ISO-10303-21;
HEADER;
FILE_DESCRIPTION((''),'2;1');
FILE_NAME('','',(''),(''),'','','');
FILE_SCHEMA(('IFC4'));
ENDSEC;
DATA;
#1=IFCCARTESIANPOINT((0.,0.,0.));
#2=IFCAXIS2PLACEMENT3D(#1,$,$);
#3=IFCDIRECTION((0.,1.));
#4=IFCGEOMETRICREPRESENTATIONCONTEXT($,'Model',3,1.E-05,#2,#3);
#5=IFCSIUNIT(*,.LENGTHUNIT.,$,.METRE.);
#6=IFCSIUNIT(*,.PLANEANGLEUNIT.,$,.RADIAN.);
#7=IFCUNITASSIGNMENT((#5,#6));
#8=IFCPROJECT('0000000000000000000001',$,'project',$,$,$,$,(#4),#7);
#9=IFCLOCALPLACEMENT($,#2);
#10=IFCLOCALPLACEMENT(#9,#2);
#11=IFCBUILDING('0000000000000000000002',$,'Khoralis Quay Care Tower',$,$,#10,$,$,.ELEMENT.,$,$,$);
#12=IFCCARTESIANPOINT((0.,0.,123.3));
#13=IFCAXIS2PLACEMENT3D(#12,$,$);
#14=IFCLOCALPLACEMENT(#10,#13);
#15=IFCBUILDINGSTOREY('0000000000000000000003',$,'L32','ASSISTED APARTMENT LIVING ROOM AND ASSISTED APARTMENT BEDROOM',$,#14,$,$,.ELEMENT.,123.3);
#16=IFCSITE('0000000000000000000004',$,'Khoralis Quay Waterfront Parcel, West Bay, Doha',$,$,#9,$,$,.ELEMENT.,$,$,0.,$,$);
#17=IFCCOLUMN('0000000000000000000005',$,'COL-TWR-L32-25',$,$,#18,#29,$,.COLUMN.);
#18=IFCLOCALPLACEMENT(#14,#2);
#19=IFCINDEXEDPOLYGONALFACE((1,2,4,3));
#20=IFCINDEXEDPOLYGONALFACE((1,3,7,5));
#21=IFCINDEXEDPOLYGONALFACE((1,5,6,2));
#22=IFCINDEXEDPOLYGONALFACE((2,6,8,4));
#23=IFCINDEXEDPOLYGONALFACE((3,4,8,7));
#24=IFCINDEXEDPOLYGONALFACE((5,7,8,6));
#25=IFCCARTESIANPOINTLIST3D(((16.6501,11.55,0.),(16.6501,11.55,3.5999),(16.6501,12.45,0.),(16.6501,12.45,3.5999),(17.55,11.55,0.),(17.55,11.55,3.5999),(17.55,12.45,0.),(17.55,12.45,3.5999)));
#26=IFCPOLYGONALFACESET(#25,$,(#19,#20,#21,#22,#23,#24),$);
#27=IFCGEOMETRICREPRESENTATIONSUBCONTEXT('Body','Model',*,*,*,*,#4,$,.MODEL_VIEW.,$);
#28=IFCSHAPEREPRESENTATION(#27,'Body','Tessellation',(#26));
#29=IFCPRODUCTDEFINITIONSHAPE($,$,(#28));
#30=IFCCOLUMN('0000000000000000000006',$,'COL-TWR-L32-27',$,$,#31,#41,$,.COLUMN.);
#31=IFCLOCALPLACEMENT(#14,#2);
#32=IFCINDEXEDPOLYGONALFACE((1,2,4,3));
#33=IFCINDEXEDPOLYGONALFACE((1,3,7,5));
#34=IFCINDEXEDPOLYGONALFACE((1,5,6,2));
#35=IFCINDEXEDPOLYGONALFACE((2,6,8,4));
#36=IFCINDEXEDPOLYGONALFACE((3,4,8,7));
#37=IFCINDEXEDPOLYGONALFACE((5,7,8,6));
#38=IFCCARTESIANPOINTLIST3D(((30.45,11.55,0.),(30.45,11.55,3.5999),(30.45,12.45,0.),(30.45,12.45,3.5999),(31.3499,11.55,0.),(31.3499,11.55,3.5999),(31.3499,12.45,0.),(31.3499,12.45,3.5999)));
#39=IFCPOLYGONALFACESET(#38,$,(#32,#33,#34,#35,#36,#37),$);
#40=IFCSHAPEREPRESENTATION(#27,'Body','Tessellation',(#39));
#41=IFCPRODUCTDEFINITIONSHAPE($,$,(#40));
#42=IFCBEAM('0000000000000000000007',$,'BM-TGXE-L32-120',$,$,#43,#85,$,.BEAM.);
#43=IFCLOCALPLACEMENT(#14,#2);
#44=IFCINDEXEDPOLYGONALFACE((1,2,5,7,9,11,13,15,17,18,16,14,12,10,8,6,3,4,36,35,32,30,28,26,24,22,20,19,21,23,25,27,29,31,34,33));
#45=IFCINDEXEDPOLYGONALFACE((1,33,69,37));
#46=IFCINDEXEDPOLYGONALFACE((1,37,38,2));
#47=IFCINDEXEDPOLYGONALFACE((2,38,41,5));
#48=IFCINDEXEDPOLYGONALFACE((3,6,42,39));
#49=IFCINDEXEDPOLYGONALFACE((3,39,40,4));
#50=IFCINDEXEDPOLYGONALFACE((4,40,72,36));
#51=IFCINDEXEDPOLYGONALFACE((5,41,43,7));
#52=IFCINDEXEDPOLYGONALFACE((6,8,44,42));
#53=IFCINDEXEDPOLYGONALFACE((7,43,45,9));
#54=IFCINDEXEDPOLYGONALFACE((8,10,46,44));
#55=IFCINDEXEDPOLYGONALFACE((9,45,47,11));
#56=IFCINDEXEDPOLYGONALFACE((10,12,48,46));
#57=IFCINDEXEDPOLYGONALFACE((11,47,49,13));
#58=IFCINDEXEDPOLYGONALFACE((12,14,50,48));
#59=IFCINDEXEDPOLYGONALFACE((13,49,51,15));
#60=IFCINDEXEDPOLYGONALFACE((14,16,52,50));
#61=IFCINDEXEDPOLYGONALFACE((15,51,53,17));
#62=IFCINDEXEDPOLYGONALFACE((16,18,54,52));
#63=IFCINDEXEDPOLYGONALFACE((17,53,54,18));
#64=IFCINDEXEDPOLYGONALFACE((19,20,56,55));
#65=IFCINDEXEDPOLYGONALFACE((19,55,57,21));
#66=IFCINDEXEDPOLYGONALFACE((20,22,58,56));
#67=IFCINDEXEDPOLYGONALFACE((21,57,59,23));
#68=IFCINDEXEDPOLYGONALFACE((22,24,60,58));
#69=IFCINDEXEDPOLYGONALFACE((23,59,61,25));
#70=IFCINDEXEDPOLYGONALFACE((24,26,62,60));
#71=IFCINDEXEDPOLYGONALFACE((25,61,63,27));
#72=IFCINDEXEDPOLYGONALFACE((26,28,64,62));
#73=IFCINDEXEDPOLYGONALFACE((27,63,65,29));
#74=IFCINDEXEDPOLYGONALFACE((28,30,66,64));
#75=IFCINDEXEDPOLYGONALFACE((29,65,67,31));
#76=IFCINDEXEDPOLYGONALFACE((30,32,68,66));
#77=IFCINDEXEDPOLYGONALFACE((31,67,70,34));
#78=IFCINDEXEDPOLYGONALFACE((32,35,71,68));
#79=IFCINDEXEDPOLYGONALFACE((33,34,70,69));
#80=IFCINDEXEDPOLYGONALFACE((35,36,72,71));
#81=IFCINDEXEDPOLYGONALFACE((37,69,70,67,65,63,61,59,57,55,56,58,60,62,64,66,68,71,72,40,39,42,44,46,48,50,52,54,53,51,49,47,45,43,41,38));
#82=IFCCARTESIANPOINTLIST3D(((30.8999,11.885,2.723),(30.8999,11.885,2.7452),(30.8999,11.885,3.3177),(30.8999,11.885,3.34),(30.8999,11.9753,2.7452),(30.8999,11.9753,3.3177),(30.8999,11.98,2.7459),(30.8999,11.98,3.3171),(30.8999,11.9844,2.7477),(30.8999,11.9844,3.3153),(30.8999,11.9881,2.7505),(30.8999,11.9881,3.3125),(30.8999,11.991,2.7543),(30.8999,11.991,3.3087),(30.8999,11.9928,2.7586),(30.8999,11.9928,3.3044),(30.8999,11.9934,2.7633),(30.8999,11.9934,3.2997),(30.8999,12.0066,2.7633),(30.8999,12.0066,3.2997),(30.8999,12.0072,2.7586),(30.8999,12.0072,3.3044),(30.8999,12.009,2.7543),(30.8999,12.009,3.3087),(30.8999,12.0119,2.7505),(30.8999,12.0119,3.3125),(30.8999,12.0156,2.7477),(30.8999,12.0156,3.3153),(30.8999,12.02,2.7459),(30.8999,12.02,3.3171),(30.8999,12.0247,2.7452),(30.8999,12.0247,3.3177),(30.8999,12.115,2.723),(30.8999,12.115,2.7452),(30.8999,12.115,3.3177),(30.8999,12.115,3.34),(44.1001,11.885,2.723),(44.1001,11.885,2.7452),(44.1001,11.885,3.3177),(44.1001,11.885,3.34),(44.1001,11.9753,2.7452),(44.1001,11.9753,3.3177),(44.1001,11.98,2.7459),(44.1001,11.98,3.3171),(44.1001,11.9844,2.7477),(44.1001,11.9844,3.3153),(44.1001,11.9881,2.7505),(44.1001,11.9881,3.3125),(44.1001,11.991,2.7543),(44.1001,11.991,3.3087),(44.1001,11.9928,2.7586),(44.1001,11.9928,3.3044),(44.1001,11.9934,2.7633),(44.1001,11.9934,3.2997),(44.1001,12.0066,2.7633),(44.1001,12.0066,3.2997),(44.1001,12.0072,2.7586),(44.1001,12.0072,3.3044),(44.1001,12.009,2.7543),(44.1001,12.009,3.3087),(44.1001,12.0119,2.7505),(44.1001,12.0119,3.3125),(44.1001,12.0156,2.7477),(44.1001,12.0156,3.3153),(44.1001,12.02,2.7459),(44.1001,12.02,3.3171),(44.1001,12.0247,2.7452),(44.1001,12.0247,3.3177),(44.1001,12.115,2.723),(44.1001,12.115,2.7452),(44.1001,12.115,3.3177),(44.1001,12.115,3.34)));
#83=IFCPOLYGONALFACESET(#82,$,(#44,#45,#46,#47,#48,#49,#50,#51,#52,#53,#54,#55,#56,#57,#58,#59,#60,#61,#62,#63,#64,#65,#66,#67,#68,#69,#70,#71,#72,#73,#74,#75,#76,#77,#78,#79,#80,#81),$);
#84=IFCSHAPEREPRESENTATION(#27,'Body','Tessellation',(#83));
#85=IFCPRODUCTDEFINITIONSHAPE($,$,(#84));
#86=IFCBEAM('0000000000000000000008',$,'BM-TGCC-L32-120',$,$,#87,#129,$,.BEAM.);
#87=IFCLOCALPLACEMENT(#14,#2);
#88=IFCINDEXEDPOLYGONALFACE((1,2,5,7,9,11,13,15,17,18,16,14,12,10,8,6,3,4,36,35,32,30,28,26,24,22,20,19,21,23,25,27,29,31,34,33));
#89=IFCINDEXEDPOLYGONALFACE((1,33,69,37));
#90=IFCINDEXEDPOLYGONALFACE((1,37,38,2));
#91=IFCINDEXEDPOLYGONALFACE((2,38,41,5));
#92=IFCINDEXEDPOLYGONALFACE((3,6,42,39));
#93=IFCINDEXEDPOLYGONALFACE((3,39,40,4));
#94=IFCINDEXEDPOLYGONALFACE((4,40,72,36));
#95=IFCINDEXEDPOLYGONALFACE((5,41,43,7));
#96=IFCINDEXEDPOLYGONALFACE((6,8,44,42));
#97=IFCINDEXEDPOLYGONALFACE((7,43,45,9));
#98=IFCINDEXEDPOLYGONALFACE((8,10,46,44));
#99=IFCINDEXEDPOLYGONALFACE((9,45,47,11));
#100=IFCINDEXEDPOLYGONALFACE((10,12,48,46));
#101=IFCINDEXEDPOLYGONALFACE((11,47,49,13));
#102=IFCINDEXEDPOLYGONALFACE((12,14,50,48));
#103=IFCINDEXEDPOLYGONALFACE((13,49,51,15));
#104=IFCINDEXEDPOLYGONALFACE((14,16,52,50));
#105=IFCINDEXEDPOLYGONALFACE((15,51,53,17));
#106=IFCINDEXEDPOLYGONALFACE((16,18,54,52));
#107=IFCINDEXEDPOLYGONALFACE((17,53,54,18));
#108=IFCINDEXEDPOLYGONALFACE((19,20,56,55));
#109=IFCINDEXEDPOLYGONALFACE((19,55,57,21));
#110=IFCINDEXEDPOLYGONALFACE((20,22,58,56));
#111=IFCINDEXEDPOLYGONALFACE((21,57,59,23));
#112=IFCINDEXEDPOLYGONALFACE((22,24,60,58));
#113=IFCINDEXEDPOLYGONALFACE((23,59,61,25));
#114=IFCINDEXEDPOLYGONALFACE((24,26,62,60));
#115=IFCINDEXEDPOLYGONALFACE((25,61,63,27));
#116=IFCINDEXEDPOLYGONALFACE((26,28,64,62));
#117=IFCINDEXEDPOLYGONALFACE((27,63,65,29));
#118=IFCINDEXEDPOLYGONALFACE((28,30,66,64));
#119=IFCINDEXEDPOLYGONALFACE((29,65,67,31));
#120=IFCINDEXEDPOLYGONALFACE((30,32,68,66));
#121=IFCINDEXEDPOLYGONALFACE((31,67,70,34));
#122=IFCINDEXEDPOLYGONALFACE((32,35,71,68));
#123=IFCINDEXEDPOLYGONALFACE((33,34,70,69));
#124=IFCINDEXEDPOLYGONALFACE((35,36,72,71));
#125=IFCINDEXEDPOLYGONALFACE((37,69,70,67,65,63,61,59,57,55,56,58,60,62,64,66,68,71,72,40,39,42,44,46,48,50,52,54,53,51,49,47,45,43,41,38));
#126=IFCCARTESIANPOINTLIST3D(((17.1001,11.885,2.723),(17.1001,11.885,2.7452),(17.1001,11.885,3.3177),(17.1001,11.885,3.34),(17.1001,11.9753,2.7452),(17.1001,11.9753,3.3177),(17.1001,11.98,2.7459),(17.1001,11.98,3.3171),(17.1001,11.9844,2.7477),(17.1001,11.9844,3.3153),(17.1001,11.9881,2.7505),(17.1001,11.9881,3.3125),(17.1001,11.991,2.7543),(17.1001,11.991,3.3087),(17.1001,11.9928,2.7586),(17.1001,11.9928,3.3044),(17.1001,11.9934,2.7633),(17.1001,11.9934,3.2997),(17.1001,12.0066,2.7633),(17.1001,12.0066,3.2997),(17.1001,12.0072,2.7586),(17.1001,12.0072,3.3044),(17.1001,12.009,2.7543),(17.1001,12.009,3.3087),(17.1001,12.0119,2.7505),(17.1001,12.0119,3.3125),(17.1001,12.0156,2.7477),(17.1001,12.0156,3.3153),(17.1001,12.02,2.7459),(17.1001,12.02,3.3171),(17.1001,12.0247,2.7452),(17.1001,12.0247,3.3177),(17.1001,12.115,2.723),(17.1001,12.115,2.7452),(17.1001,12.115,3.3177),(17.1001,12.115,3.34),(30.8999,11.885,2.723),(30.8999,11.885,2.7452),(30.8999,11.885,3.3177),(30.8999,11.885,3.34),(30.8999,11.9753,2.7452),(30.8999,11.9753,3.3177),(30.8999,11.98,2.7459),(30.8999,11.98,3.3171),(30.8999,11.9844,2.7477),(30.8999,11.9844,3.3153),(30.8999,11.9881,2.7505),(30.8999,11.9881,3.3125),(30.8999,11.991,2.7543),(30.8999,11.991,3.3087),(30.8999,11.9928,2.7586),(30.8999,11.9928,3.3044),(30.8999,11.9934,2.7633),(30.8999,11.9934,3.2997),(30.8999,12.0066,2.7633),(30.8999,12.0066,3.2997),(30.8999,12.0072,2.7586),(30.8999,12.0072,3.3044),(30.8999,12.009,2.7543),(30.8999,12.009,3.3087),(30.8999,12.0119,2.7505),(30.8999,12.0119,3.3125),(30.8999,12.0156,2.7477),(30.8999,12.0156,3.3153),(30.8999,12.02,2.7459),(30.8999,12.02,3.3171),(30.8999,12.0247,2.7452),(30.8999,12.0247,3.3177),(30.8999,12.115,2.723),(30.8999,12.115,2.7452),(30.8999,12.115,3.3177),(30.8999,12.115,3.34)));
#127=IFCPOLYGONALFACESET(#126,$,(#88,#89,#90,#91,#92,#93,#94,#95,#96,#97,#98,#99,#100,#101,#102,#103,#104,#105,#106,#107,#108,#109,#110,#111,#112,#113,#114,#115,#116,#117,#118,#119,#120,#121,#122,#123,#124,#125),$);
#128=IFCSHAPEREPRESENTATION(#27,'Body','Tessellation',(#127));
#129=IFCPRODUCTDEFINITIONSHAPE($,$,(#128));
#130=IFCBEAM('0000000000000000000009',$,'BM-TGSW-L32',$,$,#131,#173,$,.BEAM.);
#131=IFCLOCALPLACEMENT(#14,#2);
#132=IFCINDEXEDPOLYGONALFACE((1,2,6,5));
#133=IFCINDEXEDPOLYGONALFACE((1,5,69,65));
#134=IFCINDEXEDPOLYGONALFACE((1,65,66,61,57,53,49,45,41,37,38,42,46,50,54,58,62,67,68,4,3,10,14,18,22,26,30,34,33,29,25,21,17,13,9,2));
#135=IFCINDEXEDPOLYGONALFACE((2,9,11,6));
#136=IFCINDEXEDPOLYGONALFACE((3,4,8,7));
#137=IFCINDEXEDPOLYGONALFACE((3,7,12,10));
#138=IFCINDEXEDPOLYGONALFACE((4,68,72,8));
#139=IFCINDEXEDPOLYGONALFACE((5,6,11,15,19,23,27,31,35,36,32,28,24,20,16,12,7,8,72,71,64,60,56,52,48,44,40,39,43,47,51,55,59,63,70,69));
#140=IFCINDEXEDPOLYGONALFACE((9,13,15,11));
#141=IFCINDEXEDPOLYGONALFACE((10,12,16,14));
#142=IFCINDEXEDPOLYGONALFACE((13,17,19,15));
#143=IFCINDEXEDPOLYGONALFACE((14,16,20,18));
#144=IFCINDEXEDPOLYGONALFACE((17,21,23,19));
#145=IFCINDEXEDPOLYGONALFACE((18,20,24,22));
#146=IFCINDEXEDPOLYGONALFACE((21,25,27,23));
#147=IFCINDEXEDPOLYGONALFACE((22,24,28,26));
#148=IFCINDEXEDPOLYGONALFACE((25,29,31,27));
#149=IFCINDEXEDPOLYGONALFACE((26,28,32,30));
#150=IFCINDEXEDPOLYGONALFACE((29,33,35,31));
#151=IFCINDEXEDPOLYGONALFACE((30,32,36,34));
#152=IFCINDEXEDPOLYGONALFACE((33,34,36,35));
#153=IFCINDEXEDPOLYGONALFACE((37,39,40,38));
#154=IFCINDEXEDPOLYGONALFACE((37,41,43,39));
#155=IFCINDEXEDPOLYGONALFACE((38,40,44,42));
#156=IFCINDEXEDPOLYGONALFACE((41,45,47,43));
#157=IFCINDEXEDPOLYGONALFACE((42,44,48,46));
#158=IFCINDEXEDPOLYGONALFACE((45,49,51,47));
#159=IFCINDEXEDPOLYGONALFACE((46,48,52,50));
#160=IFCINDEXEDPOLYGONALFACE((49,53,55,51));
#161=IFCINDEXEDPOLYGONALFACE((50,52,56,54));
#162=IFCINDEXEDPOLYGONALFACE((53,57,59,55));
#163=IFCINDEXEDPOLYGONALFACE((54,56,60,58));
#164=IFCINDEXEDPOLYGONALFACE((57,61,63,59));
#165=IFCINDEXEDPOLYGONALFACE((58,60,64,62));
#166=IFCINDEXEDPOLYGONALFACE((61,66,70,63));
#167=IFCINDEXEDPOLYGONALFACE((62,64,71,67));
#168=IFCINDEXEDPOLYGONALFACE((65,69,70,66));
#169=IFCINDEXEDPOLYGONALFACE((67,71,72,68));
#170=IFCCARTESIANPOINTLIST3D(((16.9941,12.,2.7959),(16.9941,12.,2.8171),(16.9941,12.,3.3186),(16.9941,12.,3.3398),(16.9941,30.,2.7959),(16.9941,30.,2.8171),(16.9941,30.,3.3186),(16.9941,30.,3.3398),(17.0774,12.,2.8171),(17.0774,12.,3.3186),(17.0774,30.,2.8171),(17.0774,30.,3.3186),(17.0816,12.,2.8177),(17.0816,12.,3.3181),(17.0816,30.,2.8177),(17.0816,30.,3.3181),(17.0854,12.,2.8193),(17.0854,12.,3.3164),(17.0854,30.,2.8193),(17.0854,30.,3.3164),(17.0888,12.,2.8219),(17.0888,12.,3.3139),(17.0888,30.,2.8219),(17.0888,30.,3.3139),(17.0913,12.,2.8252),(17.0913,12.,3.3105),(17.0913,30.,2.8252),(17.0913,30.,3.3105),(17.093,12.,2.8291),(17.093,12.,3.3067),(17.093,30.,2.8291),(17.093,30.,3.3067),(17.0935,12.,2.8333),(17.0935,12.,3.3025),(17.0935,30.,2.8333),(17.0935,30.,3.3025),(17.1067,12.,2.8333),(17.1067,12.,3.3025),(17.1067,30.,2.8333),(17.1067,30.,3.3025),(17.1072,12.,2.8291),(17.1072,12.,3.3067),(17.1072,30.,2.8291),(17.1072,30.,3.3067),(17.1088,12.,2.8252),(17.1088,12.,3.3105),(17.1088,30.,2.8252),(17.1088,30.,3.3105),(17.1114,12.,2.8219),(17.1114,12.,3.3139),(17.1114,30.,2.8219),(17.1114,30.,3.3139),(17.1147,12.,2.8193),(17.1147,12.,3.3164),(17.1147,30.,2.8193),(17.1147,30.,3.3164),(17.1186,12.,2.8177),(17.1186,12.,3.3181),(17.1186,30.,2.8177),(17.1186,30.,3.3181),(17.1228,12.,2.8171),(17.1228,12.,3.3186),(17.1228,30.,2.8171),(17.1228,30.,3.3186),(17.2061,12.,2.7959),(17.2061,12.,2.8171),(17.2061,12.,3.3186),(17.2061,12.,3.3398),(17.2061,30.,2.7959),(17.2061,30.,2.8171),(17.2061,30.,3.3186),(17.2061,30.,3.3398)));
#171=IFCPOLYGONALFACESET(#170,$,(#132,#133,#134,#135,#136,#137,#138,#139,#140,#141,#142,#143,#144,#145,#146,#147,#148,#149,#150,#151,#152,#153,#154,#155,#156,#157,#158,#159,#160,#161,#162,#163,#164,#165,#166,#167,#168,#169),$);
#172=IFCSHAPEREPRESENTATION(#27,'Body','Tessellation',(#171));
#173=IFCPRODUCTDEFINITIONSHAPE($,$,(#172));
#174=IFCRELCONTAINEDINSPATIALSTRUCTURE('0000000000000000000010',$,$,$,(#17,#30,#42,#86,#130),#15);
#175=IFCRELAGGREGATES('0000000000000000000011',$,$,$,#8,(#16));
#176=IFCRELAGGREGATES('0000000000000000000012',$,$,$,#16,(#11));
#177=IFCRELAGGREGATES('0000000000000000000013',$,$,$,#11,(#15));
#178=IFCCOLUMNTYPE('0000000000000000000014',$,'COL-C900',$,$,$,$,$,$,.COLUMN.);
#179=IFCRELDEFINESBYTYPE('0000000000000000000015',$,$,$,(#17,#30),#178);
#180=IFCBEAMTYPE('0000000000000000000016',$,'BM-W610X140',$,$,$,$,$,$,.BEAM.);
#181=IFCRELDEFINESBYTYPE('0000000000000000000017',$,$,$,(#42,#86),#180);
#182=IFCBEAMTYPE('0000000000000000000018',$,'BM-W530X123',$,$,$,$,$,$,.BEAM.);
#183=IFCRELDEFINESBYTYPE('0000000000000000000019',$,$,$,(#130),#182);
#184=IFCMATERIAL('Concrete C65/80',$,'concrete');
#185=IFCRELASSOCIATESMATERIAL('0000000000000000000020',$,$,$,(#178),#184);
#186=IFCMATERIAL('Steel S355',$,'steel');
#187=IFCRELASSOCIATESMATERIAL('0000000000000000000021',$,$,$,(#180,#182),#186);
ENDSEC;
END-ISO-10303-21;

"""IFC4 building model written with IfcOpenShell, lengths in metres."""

from ifc_helpers import new_model, si_unit, direction, frame, origin, origin_2d, place, context, subcontext, project, spatial, rectangle, i_section, extrude, source, transform, mapped, material, material_profile, profile_set, type_object, element, save


model = new_model("IFC4")

# Units and contexts
model_context = context("Model", 3, precision=1e-05, world=origin(), true_north=direction((0.0, 1.0)))
body_context = subcontext(model_context, "Body", "Model", "MODEL_VIEW")
ifc_project = project(units=[si_unit("LENGTHUNIT", "METRE"), si_unit("PLANEANGLEUNIT", "RADIAN")], contexts=[model_context])

# Site, building, storey
site_placement = place(None, origin())
site = spatial("IfcSite", under=ifc_project, at=site_placement, Name="Khoralis Quay Waterfront Parcel, West Bay, Doha", CompositionType="ELEMENT", RefElevation=0.0)
building_placement = place(site_placement, origin())
building = spatial("IfcBuilding", under=site, at=building_placement, Name="Khoralis Quay Care Tower", CompositionType="ELEMENT")
storey_placement = place(building_placement, frame((0.0, 0.0, 123.3)))
storey = spatial("IfcBuildingStorey", under=building, at=storey_placement, Name="L32", Description="ASSISTED APARTMENT LIVING ROOM AND ASSISTED APARTMENT BEDROOM", CompositionType="ELEMENT", Elevation=123.3)

# Columns
ifc_material_1 = material(Name="Concrete C65/80", Category="concrete")
ifc_material_profile_1 = material_profile(ifc_material_1, rectangle(XDim=0.8999, YDim=0.8999, at=origin_2d()), Name="Concrete C65/80")
ifc_profile_set_1 = profile_set([ifc_material_profile_1], Name="Concrete C65/80")
column_type = type_object("IfcColumnType", Name="COL-C900", PredefinedType="COLUMN", material=ifc_profile_set_1)
shared_shape_1 = source(origin(), body_context, "Body", "SweptSolid", [
    extrude(rectangle(XDim=0.8999, YDim=0.8999, at=origin_2d()), origin(), (0.0, 0.0, 1.0), 3.5999),
])
for number, where, z_axis, x_axis, name in (
    (1, (17.1001, 12.0, 0.0), (0.0, 0.0, 1.0), (1.0, 0.0, 0.0), "COL-TWR-L32-25"),
    (2, (30.8999, 12.0, 0.0), (0.0, 0.0, 1.0), (1.0, 0.0, 0.0), "COL-TWR-L32-27"),
):
    element("IfcColumn", number, at=place(storey_placement, frame(where, z_axis=z_axis, x_axis=x_axis)), inside=storey, type_object=column_type, Name=name, PredefinedType="COLUMN", context=body_context, shape_type="MappedRepresentation", body=[
        mapped(shared_shape_1, transform((0.0, 0.0, 0.0), scale=1.0)),
    ])

# Beams
ifc_material_2 = material(Name="Steel S355", Category="steel")
ifc_material_profile_2 = material_profile(ifc_material_2, i_section(OverallWidth=0.23, OverallDepth=0.6169, WebThickness=0.0132, FlangeThickness=0.0222, FilletRadius=0.0181, at=origin_2d()), Name="Steel S355")
ifc_profile_set_2 = profile_set([ifc_material_profile_2], Name="Steel S355")
beam_type_1 = type_object("IfcBeamType", Name="BM-W610X140", PredefinedType="BEAM", material=ifc_profile_set_2)
shared_shape_2 = source(origin(), body_context, "Body", "SweptSolid", [
    extrude(i_section(OverallWidth=0.23, OverallDepth=0.6169, WebThickness=0.0132, FlangeThickness=0.0222, FilletRadius=0.0181, at=origin_2d()), origin(), (0.0, 0.0, 1.0), 13.2002),
])
beam_1_placement = place(storey_placement, frame((30.8999, 12.0, 3.0315), z_axis=(1.0, 0.0, 0.0), x_axis=(0.0, 1.0, 0.0)))
element("IfcBeam", 3, at=beam_1_placement, inside=storey, type_object=beam_type_1, Name="BM-TGXE-L32-120", PredefinedType="BEAM", context=body_context, shape_type="MappedRepresentation", body=[
    mapped(shared_shape_2, transform((0.0, 0.0, 0.0), scale=1.0)),
])
shared_shape_3 = source(origin(), body_context, "Body", "SweptSolid", [
    extrude(i_section(OverallWidth=0.23, OverallDepth=0.6169, WebThickness=0.0132, FlangeThickness=0.0222, FilletRadius=0.0181, at=origin_2d()), origin(), (0.0, 0.0, 1.0), 13.7998),
])
beam_2_placement = place(storey_placement, frame((17.1001, 12.0, 3.0315), z_axis=(1.0, 0.0, 0.0), x_axis=(0.0, 1.0, 0.0)))
element("IfcBeam", 4, at=beam_2_placement, inside=storey, type_object=beam_type_1, Name="BM-TGCC-L32-120", PredefinedType="BEAM", context=body_context, shape_type="MappedRepresentation", body=[
    mapped(shared_shape_3, transform((0.0, 0.0, 0.0), scale=1.0)),
])
ifc_material_profile_3 = material_profile(ifc_material_2, i_section(OverallWidth=0.2119, OverallDepth=0.5439, WebThickness=0.0132, FlangeThickness=0.0212, FilletRadius=0.0161, at=origin_2d()), Name="Steel S355")
ifc_profile_set_3 = profile_set([ifc_material_profile_3], Name="Steel S355")
beam_type_2 = type_object("IfcBeamType", Name="BM-W530X123", PredefinedType="BEAM", material=ifc_profile_set_3)
shared_shape_4 = source(origin(), body_context, "Body", "SweptSolid", [
    extrude(i_section(OverallWidth=0.2119, OverallDepth=0.5439, WebThickness=0.0132, FlangeThickness=0.0212, FilletRadius=0.0161, at=origin_2d()), origin(), (0.0, 0.0, 1.0), 18.0),
])
beam_3_placement = place(storey_placement, frame((17.1001, 12.0, 3.0679), z_axis=(0.0, 1.0, 0.0), x_axis=(-1.0, 0.0, 0.0)))
element("IfcBeam", 5, at=beam_3_placement, inside=storey, type_object=beam_type_2, Name="BM-TGSW-L32", PredefinedType="BEAM", context=body_context, shape_type="MappedRepresentation", body=[
    mapped(shared_shape_4, transform((0.0, 0.0, 0.0), scale=1.0)),
])

save(model, "model.ifc")
